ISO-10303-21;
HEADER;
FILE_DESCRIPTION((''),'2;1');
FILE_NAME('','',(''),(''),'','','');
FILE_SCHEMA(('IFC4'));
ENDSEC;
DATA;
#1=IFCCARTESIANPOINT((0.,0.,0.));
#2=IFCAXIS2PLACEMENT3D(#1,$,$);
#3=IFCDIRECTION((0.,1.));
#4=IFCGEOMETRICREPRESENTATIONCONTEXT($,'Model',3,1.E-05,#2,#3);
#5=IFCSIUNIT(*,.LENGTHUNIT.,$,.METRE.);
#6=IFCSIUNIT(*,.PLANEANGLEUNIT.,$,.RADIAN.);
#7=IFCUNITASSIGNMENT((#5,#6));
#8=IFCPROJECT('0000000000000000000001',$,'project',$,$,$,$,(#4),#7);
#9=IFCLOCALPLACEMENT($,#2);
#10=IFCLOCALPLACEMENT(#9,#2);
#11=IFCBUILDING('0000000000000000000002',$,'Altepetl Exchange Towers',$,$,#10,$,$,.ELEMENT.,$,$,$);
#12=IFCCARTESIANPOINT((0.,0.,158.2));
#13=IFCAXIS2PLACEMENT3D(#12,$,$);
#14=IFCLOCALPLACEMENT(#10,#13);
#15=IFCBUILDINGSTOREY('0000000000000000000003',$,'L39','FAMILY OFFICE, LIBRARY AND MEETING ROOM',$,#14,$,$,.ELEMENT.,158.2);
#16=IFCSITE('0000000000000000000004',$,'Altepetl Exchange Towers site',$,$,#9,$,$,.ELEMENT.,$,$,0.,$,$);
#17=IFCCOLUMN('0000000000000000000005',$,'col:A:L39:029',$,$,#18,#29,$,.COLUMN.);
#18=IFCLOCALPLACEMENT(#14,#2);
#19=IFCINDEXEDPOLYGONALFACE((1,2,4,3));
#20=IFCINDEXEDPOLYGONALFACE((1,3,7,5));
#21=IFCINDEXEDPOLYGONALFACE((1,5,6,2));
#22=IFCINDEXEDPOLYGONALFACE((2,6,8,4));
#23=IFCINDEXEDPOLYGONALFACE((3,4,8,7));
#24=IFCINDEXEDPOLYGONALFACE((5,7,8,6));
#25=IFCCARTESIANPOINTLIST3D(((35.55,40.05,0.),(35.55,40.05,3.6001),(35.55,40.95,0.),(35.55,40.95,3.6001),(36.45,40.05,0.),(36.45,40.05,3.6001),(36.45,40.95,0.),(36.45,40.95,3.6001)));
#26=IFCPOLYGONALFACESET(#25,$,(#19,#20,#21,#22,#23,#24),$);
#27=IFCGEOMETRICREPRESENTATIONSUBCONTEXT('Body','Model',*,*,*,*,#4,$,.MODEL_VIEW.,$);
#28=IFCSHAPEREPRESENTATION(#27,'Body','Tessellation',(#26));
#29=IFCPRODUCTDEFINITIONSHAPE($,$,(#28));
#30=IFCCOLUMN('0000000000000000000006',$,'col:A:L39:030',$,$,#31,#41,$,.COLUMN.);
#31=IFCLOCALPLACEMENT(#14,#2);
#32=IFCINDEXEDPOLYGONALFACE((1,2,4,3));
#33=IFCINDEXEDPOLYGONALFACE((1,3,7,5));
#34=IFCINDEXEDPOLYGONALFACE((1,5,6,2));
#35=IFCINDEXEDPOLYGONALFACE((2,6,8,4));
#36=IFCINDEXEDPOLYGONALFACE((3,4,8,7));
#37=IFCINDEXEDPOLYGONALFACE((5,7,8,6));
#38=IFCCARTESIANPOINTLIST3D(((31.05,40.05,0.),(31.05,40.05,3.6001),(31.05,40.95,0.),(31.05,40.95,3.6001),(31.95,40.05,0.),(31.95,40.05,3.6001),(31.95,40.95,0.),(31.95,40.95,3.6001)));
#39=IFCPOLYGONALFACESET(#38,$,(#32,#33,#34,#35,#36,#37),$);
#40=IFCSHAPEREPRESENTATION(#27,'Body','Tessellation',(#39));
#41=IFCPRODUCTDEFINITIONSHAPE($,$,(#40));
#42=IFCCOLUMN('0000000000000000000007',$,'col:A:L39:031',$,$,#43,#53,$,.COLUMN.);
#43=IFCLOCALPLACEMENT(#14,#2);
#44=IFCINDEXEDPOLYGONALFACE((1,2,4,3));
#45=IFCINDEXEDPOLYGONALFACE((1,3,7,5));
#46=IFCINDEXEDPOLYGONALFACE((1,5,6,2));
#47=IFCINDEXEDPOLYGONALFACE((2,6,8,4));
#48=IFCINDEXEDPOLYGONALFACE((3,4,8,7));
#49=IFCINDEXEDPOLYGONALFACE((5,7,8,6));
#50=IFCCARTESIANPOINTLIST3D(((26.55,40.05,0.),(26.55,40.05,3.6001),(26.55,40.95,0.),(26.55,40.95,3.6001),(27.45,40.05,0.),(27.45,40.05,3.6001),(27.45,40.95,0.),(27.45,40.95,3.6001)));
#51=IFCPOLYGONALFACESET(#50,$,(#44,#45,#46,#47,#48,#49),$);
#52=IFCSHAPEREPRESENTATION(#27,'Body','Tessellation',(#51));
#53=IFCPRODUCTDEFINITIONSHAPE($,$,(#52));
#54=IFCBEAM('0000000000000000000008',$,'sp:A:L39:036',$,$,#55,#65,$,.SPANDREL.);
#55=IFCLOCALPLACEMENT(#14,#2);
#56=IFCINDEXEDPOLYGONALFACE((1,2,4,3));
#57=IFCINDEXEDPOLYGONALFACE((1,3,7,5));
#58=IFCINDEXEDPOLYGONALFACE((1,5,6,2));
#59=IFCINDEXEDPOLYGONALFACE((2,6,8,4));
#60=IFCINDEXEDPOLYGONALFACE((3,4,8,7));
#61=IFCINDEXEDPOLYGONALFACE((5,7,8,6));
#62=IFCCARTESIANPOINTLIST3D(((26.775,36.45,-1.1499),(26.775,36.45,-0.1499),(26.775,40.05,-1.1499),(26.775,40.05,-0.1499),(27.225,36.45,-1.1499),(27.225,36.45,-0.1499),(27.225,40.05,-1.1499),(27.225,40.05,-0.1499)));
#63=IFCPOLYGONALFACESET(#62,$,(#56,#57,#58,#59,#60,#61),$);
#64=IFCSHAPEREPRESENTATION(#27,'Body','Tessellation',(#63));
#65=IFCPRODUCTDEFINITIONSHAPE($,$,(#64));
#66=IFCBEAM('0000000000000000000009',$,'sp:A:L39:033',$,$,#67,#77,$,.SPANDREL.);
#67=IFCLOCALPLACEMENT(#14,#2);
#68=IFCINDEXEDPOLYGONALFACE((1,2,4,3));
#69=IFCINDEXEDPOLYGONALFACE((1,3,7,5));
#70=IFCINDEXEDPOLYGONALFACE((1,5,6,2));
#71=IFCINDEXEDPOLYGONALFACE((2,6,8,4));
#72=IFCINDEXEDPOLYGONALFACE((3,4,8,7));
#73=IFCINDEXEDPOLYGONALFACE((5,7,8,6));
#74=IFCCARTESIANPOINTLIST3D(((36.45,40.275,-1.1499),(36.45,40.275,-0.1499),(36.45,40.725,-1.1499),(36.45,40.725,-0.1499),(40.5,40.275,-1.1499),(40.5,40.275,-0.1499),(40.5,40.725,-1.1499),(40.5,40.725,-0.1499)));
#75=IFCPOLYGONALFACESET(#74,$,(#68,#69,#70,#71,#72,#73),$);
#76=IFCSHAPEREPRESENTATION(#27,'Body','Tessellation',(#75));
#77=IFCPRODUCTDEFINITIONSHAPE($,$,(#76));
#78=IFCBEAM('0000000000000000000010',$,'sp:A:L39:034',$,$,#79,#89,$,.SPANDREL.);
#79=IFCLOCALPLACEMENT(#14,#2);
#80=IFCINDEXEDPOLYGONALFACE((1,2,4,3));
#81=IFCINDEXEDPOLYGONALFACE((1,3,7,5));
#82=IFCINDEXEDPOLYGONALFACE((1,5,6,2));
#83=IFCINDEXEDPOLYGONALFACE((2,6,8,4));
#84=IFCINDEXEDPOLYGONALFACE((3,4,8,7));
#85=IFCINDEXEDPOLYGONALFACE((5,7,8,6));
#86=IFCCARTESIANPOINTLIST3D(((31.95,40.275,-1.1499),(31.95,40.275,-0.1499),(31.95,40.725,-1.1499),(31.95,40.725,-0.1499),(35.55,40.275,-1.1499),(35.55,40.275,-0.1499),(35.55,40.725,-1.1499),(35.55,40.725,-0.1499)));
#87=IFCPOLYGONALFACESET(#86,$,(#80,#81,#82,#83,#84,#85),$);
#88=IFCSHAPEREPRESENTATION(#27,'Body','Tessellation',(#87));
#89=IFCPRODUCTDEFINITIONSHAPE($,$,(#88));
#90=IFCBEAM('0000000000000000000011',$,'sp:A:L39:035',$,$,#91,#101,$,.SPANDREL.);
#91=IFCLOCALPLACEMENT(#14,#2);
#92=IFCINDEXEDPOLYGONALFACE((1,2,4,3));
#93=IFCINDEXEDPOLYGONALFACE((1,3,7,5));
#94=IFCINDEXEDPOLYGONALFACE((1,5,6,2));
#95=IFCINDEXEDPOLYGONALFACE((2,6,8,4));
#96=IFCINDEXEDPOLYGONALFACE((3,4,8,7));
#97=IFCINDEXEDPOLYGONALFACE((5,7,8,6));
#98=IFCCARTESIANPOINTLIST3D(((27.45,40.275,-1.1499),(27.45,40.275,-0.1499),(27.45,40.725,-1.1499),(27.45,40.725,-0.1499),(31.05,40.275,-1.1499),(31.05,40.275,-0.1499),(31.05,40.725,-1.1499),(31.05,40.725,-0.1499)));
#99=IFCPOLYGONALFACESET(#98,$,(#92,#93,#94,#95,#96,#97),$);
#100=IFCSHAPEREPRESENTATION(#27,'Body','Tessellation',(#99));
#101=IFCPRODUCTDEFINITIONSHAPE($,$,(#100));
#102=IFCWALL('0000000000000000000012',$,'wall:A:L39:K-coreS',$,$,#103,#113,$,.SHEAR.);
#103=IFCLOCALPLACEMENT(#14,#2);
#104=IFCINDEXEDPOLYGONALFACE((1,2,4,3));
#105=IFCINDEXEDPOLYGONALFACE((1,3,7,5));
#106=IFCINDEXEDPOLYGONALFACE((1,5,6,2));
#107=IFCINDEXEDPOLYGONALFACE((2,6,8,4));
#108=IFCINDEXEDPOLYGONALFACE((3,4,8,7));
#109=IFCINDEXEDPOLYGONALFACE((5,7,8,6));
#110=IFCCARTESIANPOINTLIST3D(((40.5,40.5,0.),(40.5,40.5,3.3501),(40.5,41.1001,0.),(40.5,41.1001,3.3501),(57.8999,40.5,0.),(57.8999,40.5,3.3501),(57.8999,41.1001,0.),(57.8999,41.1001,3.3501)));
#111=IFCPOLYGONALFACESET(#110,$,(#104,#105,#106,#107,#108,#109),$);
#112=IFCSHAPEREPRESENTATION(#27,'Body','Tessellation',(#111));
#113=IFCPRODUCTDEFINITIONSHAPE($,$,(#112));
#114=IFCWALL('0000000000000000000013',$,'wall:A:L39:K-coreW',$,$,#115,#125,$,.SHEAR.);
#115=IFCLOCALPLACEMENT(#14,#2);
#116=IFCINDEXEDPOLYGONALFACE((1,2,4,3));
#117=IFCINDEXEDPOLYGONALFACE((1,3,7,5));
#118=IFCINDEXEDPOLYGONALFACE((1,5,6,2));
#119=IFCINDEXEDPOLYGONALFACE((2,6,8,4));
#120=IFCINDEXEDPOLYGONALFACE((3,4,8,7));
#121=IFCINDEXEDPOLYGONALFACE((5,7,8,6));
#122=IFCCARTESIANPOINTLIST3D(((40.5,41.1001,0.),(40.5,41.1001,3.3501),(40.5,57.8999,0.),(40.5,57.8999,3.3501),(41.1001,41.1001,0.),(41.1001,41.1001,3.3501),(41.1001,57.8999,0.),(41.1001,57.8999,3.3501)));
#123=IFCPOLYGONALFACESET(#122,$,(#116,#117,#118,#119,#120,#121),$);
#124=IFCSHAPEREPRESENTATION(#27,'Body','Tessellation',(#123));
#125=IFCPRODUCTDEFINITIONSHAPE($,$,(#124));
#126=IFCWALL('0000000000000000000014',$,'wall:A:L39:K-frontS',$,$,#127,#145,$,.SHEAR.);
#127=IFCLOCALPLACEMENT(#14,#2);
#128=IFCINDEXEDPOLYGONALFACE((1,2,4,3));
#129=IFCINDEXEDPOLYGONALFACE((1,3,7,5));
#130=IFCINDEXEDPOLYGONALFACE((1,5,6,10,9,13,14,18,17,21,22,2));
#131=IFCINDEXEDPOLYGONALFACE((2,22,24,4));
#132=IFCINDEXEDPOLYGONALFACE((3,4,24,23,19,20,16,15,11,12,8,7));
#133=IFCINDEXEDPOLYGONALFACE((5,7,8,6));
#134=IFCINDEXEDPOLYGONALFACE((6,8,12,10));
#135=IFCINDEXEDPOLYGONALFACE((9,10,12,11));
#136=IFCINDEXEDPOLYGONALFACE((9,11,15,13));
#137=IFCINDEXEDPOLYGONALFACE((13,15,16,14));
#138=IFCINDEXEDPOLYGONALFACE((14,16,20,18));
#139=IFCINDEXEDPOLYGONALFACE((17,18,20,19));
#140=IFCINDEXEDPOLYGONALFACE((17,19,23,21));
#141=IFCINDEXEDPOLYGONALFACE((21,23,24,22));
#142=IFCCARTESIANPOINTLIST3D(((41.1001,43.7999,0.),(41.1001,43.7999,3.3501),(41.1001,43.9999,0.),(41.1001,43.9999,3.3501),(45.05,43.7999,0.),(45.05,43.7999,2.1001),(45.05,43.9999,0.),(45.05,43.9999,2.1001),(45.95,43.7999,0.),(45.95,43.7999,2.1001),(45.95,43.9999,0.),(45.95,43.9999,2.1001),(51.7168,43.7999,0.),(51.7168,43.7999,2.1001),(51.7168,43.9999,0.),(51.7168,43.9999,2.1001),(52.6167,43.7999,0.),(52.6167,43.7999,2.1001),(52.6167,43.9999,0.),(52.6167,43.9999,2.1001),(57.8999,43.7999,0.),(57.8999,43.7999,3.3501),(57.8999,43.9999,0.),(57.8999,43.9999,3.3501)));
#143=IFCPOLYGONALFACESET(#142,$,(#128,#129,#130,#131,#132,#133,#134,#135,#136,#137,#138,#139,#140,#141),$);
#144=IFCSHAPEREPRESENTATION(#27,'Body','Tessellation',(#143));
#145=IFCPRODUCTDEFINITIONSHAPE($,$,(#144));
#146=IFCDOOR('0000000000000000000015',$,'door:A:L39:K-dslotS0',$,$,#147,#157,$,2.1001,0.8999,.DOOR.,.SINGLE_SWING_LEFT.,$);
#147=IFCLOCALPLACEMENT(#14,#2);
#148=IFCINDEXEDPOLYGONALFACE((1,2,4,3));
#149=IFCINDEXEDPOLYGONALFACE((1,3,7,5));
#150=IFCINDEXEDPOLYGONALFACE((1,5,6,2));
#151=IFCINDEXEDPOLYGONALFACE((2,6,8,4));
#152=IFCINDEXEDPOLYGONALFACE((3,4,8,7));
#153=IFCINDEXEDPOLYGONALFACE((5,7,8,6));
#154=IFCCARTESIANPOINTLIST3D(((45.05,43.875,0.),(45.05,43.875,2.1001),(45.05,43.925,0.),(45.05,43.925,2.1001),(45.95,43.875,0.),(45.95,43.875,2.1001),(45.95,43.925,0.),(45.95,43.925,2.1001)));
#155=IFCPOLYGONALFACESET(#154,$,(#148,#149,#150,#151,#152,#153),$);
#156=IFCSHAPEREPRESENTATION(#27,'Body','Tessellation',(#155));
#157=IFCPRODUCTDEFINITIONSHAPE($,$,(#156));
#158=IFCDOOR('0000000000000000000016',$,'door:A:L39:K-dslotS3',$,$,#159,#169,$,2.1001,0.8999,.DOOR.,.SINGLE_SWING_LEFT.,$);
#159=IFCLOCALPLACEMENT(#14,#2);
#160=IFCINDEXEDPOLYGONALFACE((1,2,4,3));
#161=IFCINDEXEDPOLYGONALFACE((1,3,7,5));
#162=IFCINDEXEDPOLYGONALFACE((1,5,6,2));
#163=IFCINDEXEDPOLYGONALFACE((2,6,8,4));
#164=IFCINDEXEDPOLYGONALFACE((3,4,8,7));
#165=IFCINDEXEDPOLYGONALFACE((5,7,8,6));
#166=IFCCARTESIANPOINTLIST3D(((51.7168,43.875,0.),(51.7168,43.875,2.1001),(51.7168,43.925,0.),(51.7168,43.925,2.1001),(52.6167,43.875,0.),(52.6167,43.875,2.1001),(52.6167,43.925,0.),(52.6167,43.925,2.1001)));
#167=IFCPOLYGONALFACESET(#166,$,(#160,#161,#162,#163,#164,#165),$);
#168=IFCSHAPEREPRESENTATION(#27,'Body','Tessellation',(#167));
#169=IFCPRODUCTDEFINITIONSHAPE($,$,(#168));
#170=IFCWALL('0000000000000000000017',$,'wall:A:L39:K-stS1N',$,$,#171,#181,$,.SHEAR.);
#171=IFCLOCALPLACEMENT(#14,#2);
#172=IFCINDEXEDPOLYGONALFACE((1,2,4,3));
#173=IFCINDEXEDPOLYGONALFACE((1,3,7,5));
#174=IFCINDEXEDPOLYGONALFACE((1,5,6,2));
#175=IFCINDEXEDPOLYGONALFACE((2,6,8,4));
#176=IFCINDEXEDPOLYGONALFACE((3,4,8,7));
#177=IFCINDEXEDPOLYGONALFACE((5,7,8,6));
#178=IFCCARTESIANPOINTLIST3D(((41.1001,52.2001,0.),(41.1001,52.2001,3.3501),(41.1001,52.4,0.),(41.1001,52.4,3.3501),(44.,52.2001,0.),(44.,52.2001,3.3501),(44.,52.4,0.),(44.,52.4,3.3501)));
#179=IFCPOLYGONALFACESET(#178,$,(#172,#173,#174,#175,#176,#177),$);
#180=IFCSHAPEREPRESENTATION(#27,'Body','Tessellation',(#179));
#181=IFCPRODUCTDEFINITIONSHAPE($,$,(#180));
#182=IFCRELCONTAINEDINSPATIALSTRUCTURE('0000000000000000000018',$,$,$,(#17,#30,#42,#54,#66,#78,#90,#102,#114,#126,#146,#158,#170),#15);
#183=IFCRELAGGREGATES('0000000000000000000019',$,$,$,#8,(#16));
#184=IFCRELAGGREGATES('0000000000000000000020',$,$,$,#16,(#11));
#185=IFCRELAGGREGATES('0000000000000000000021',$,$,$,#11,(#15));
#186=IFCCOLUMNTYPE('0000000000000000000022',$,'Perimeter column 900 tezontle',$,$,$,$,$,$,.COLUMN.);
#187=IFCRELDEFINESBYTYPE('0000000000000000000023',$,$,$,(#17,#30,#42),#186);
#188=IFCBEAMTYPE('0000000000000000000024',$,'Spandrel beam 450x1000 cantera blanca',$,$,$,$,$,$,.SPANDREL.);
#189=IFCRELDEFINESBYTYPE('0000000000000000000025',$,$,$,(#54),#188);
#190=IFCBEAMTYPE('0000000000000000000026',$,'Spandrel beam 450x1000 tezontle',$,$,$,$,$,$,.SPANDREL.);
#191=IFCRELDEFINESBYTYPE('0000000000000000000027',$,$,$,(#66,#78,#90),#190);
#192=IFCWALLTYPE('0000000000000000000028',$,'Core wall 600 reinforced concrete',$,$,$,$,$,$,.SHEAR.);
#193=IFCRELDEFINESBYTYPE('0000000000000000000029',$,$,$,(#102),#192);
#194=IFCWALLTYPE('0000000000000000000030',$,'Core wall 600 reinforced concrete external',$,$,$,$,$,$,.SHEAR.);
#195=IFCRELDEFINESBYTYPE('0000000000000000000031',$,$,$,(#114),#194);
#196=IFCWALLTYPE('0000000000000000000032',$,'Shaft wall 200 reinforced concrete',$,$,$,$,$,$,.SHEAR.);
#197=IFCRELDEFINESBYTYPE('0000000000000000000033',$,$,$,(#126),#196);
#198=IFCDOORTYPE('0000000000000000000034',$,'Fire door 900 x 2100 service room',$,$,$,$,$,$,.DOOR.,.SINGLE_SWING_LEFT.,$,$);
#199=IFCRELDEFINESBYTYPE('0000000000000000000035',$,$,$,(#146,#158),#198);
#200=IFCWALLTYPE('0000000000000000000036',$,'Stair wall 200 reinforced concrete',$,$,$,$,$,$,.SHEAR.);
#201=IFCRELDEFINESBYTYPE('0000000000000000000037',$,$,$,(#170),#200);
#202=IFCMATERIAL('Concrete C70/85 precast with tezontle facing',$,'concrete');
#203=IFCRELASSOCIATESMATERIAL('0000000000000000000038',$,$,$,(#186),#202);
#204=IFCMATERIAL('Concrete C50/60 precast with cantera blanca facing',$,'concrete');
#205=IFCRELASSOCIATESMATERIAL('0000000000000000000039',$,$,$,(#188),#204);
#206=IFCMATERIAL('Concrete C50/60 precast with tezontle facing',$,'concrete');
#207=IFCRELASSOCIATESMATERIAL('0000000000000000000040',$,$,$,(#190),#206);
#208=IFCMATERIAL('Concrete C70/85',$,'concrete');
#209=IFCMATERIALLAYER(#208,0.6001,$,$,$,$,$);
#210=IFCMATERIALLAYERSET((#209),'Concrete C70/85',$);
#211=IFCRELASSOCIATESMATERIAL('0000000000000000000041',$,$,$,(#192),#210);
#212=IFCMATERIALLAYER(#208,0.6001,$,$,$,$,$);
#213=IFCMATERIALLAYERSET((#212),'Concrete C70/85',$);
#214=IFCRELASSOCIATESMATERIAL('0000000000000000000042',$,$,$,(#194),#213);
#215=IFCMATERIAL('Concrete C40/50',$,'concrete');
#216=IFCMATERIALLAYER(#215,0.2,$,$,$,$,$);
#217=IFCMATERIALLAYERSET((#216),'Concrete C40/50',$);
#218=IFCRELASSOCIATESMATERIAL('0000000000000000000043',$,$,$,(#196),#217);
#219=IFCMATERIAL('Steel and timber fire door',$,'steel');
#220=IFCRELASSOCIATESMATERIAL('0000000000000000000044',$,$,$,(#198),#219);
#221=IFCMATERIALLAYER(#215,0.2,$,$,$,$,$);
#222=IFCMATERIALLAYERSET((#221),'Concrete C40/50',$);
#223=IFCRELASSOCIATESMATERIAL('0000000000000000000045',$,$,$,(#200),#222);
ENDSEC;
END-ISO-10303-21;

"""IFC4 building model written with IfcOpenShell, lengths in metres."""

from ifc_helpers import new_model, si_unit, direction, frame, frame_2d, origin, origin_2d, place, context, subcontext, project, spatial, rectangle, extrude, material, layer, layer_set, material_profile, profile_set, type_object, element, fill, save


model = new_model("IFC4")

# Units and contexts
model_context = context("Model", 3, precision=1e-05, world=origin(), true_north=direction((0.0, 1.0)))
body_context = subcontext(model_context, "Body", "Model", "MODEL_VIEW")
ifc_project = project(units=[si_unit("LENGTHUNIT", "METRE"), si_unit("PLANEANGLEUNIT", "RADIAN")], contexts=[model_context])

# Site, building, storey
site_placement = place(None, origin())
site = spatial("IfcSite", under=ifc_project, at=site_placement, Name="Altepetl Exchange Towers site", CompositionType="ELEMENT", RefElevation=0.0)
building_placement = place(site_placement, origin())
building = spatial("IfcBuilding", under=site, at=building_placement, Name="Altepetl Exchange Towers", CompositionType="ELEMENT")
storey_placement = place(building_placement, frame((0.0, 0.0, 158.2)))
storey = spatial("IfcBuildingStorey", under=building, at=storey_placement, Name="L39", Description="FAMILY OFFICE, LIBRARY AND MEETING ROOM", CompositionType="ELEMENT", Elevation=158.2)

# Columns
ifc_material_1 = material(Name="Concrete C70/85 precast with tezontle facing", Category="concrete")
ifc_material_profile_1 = material_profile(ifc_material_1, rectangle(XDim=0.8999, YDim=0.8999, at=origin_2d()), Name="900 x 900")
ifc_profile_set_1 = profile_set([ifc_material_profile_1], Name="Concrete C70/85 precast with tezontle facing")
column_type = type_object("IfcColumnType", Name="Perimeter column 900 tezontle", PredefinedType="COLUMN", material=ifc_profile_set_1)
for number, where, name in (
    (1, (36.0, 40.5, 0.0), "col:A:L39:029"),
    (2, (31.5, 40.5, 0.0), "col:A:L39:030"),
    (3, (27.0, 40.5, 0.0), "col:A:L39:031"),
):
    element("IfcColumn", number, at=place(storey_placement, frame(where)), inside=storey, type_object=column_type, Name=name, PredefinedType="COLUMN", context=body_context, shape_type="SweptSolid", body=[
        extrude(rectangle(XDim=0.8999, YDim=0.8999, at=origin_2d()), origin(), (0.0, 0.0, 1.0), 3.6001),
    ])

# Beams
ifc_material_2 = material(Name="Concrete C50/60 precast with cantera blanca facing", Category="concrete")
ifc_material_profile_2 = material_profile(ifc_material_2, rectangle(XDim=0.45, YDim=1.0, at=origin_2d()), Name="450 x 1000")
ifc_profile_set_2 = profile_set([ifc_material_profile_2], Name="Concrete C50/60 precast with cantera blanca facing")
beam_type_1 = type_object("IfcBeamType", Name="Spandrel beam 450x1000 cantera blanca", PredefinedType="SPANDREL", material=ifc_profile_set_2)
beam_1_placement = place(storey_placement, frame((27.0, 40.05, -0.6499), z_axis=(0.0, -1.0, 0.0), x_axis=(1.0, 0.0, 0.0)))
element("IfcBeam", 4, at=beam_1_placement, inside=storey, type_object=beam_type_1, Name="sp:A:L39:036", PredefinedType="SPANDREL", context=body_context, shape_type="SweptSolid", body=[
    extrude(rectangle(XDim=0.45, YDim=1.0, at=origin_2d()), origin(), (0.0, 0.0, 1.0), 3.6001),
])
ifc_material_3 = material(Name="Concrete C50/60 precast with tezontle facing", Category="concrete")
ifc_material_profile_3 = material_profile(ifc_material_3, rectangle(XDim=0.45, YDim=1.0, at=origin_2d()), Name="450 x 1000")
ifc_profile_set_3 = profile_set([ifc_material_profile_3], Name="Concrete C50/60 precast with tezontle facing")
beam_type_2 = type_object("IfcBeamType", Name="Spandrel beam 450x1000 tezontle", PredefinedType="SPANDREL", material=ifc_profile_set_3)
beam_2_placement = place(storey_placement, frame((40.5, 40.5, -0.6499), z_axis=(-1.0, 0.0, 0.0), x_axis=(0.0, -1.0, 0.0)))
element("IfcBeam", 5, at=beam_2_placement, inside=storey, type_object=beam_type_2, Name="sp:A:L39:033", PredefinedType="SPANDREL", context=body_context, shape_type="SweptSolid", body=[
    extrude(rectangle(XDim=0.45, YDim=1.0, at=origin_2d()), origin(), (0.0, 0.0, 1.0), 4.05),
])
for number, where, z_axis, x_axis, name in (
    (6, (35.55, 40.5, -0.6499), (-1.0, 0.0, 0.0), (0.0, -1.0, 0.0), "sp:A:L39:034"),
    (7, (31.05, 40.5, -0.6499), (-1.0, 0.0, 0.0), (0.0, -1.0, 0.0), "sp:A:L39:035"),
):
    element("IfcBeam", number, at=place(storey_placement, frame(where, z_axis=z_axis, x_axis=x_axis)), inside=storey, type_object=beam_type_2, Name=name, PredefinedType="SPANDREL", context=body_context, shape_type="SweptSolid", body=[
        extrude(rectangle(XDim=0.45, YDim=1.0, at=origin_2d()), origin(), (0.0, 0.0, 1.0), 3.6001),
    ])

# Walls
ifc_material_4 = material(Name="Concrete C70/85", Category="concrete")
ifc_layer_1 = layer(ifc_material_4, 0.6001)
ifc_layer_set_1 = layer_set([ifc_layer_1], Name="Concrete C70/85")
wall_type_1 = type_object("IfcWallType", Name="Core wall 600 reinforced concrete", PredefinedType="SHEAR", material=ifc_layer_set_1)
wall_1_placement = place(storey_placement, frame((40.5, 40.8, 0.0)))
element("IfcWall", 8, at=wall_1_placement, inside=storey, type_object=wall_type_1, Name="wall:A:L39:K-coreS", PredefinedType="SHEAR", context=body_context, shape_type="SweptSolid", body=[
    extrude(rectangle(XDim=17.3999, YDim=0.6001, at=frame_2d((8.7, 0.0))), origin(), (0.0, 0.0, 1.0), 3.3501),
])
ifc_layer_2 = layer(ifc_material_4, 0.6001)
ifc_layer_set_2 = layer_set([ifc_layer_2], Name="Concrete C70/85")
wall_type_2 = type_object("IfcWallType", Name="Core wall 600 reinforced concrete external", PredefinedType="SHEAR", material=ifc_layer_set_2)
wall_2_placement = place(storey_placement, frame((40.8, 41.1001, 0.0), z_axis=(0.0, 0.0, 1.0), x_axis=(0.0, 1.0, 0.0)))
element("IfcWall", 9, at=wall_2_placement, inside=storey, type_object=wall_type_2, Name="wall:A:L39:K-coreW", PredefinedType="SHEAR", context=body_context, shape_type="SweptSolid", body=[
    extrude(rectangle(XDim=16.7998, YDim=0.6001, at=frame_2d((8.3999, 0.0))), origin(), (0.0, 0.0, 1.0), 3.3501),
])

# Wall, openings, doors
ifc_material_5 = material(Name="Concrete C40/50", Category="concrete")
ifc_layer_3 = layer(ifc_material_5, 0.2)
ifc_layer_set_3 = layer_set([ifc_layer_3], Name="Concrete C40/50")
wall_type_3 = type_object("IfcWallType", Name="Shaft wall 200 reinforced concrete", PredefinedType="SHEAR", material=ifc_layer_set_3)
wall_3_placement = place(storey_placement, frame((41.1001, 43.8999, 0.0)))
wall_3 = element("IfcWall", 10, at=wall_3_placement, inside=storey, type_object=wall_type_3, Name="wall:A:L39:K-frontS", PredefinedType="SHEAR", context=body_context, shape_type="SweptSolid", body=[
    extrude(rectangle(XDim=16.7998, YDim=0.2, at=frame_2d((8.3999, 0.0))), origin(), (0.0, 0.0, 1.0), 3.3501),
])
opening_1_placement = place(wall_3_placement, frame((3.95, 0.0, 0.0)))
opening_1 = element("IfcOpeningElement", 11, at=opening_1_placement, cuts=wall_3, PredefinedType="OPENING", context=body_context, shape_type="SweptSolid", body=[
    extrude(rectangle(XDim=0.8999, YDim=2.1001, at=frame_2d((0.45, 1.05))), frame((0.0, 0.1099, 0.0), z_axis=(0.0, -1.0, 0.0), x_axis=(1.0, 0.0, 0.0)), (0.0, 0.0, 1.0), 0.22),
])
opening_2_placement = place(wall_3_placement, frame((10.6167, 0.0, 0.0)))
opening_2 = element("IfcOpeningElement", 12, at=opening_2_placement, cuts=wall_3, PredefinedType="OPENING", context=body_context, shape_type="SweptSolid", body=[
    extrude(rectangle(XDim=0.8999, YDim=2.1001, at=frame_2d((0.45, 1.05))), frame((0.0, 0.1099, 0.0), z_axis=(0.0, -1.0, 0.0), x_axis=(1.0, 0.0, 0.0)), (0.0, 0.0, 1.0), 0.22),
])
ifc_material_6 = material(Name="Steel and timber fire door", Category="steel")
door_type_1 = type_object("IfcDoorType", Name="Fire door 900 x 2100 service room", OperationType="SINGLE_SWING_LEFT", PredefinedType="DOOR", material=ifc_material_6)
door_1_placement = place(opening_1_placement, frame((0.8999, 0.0, 0.0), x_axis=(-1.0, 0.0, 0.0)))
door_1 = element("IfcDoor", 13, at=door_1_placement, inside=storey, type_object=door_type_1, Name="door:A:L39:K-dslotS0", OperationType="SINGLE_SWING_LEFT", OverallHeight=2.1001, OverallWidth=0.8999, PredefinedType="DOOR", context=body_context, shape_type="SweptSolid", body=[
    extrude(rectangle(XDim=0.8999, YDim=2.1001, at=frame_2d((0.45, 1.05))), frame((0.0, 0.0249, 0.0), z_axis=(0.0, -1.0, 0.0), x_axis=(1.0, 0.0, 0.0)), (0.0, 0.0, 1.0), 0.05),
])
fill(opening_1, door_1)
door_2_placement = place(opening_2_placement, frame((0.8999, 0.0, 0.0), x_axis=(-1.0, 0.0, 0.0)))
door_2 = element("IfcDoor", 14, at=door_2_placement, inside=storey, type_object=door_type_1, Name="door:A:L39:K-dslotS3", OperationType="SINGLE_SWING_LEFT", OverallHeight=2.1001, OverallWidth=0.8999, PredefinedType="DOOR", context=body_context, shape_type="SweptSolid", body=[
    extrude(rectangle(XDim=0.8999, YDim=2.1001, at=frame_2d((0.45, 1.05))), frame((0.0, 0.0249, 0.0), z_axis=(0.0, -1.0, 0.0), x_axis=(1.0, 0.0, 0.0)), (0.0, 0.0, 1.0), 0.05),
])
fill(opening_2, door_2)

# Wall
ifc_layer_4 = layer(ifc_material_5, 0.2)
ifc_layer_set_4 = layer_set([ifc_layer_4], Name="Concrete C40/50")
wall_type_4 = type_object("IfcWallType", Name="Stair wall 200 reinforced concrete", PredefinedType="SHEAR", material=ifc_layer_set_4)
wall_4_placement = place(storey_placement, frame((41.1001, 52.3, 0.0)))
element("IfcWall", 15, at=wall_4_placement, inside=storey, type_object=wall_type_4, Name="wall:A:L39:K-stS1N", PredefinedType="SHEAR", context=body_context, shape_type="SweptSolid", body=[
    extrude(rectangle(XDim=2.8999, YDim=0.2, at=frame_2d((1.45, 0.0))), origin(), (0.0, 0.0, 1.0), 3.3501),
])

save(model, "model.ifc")
